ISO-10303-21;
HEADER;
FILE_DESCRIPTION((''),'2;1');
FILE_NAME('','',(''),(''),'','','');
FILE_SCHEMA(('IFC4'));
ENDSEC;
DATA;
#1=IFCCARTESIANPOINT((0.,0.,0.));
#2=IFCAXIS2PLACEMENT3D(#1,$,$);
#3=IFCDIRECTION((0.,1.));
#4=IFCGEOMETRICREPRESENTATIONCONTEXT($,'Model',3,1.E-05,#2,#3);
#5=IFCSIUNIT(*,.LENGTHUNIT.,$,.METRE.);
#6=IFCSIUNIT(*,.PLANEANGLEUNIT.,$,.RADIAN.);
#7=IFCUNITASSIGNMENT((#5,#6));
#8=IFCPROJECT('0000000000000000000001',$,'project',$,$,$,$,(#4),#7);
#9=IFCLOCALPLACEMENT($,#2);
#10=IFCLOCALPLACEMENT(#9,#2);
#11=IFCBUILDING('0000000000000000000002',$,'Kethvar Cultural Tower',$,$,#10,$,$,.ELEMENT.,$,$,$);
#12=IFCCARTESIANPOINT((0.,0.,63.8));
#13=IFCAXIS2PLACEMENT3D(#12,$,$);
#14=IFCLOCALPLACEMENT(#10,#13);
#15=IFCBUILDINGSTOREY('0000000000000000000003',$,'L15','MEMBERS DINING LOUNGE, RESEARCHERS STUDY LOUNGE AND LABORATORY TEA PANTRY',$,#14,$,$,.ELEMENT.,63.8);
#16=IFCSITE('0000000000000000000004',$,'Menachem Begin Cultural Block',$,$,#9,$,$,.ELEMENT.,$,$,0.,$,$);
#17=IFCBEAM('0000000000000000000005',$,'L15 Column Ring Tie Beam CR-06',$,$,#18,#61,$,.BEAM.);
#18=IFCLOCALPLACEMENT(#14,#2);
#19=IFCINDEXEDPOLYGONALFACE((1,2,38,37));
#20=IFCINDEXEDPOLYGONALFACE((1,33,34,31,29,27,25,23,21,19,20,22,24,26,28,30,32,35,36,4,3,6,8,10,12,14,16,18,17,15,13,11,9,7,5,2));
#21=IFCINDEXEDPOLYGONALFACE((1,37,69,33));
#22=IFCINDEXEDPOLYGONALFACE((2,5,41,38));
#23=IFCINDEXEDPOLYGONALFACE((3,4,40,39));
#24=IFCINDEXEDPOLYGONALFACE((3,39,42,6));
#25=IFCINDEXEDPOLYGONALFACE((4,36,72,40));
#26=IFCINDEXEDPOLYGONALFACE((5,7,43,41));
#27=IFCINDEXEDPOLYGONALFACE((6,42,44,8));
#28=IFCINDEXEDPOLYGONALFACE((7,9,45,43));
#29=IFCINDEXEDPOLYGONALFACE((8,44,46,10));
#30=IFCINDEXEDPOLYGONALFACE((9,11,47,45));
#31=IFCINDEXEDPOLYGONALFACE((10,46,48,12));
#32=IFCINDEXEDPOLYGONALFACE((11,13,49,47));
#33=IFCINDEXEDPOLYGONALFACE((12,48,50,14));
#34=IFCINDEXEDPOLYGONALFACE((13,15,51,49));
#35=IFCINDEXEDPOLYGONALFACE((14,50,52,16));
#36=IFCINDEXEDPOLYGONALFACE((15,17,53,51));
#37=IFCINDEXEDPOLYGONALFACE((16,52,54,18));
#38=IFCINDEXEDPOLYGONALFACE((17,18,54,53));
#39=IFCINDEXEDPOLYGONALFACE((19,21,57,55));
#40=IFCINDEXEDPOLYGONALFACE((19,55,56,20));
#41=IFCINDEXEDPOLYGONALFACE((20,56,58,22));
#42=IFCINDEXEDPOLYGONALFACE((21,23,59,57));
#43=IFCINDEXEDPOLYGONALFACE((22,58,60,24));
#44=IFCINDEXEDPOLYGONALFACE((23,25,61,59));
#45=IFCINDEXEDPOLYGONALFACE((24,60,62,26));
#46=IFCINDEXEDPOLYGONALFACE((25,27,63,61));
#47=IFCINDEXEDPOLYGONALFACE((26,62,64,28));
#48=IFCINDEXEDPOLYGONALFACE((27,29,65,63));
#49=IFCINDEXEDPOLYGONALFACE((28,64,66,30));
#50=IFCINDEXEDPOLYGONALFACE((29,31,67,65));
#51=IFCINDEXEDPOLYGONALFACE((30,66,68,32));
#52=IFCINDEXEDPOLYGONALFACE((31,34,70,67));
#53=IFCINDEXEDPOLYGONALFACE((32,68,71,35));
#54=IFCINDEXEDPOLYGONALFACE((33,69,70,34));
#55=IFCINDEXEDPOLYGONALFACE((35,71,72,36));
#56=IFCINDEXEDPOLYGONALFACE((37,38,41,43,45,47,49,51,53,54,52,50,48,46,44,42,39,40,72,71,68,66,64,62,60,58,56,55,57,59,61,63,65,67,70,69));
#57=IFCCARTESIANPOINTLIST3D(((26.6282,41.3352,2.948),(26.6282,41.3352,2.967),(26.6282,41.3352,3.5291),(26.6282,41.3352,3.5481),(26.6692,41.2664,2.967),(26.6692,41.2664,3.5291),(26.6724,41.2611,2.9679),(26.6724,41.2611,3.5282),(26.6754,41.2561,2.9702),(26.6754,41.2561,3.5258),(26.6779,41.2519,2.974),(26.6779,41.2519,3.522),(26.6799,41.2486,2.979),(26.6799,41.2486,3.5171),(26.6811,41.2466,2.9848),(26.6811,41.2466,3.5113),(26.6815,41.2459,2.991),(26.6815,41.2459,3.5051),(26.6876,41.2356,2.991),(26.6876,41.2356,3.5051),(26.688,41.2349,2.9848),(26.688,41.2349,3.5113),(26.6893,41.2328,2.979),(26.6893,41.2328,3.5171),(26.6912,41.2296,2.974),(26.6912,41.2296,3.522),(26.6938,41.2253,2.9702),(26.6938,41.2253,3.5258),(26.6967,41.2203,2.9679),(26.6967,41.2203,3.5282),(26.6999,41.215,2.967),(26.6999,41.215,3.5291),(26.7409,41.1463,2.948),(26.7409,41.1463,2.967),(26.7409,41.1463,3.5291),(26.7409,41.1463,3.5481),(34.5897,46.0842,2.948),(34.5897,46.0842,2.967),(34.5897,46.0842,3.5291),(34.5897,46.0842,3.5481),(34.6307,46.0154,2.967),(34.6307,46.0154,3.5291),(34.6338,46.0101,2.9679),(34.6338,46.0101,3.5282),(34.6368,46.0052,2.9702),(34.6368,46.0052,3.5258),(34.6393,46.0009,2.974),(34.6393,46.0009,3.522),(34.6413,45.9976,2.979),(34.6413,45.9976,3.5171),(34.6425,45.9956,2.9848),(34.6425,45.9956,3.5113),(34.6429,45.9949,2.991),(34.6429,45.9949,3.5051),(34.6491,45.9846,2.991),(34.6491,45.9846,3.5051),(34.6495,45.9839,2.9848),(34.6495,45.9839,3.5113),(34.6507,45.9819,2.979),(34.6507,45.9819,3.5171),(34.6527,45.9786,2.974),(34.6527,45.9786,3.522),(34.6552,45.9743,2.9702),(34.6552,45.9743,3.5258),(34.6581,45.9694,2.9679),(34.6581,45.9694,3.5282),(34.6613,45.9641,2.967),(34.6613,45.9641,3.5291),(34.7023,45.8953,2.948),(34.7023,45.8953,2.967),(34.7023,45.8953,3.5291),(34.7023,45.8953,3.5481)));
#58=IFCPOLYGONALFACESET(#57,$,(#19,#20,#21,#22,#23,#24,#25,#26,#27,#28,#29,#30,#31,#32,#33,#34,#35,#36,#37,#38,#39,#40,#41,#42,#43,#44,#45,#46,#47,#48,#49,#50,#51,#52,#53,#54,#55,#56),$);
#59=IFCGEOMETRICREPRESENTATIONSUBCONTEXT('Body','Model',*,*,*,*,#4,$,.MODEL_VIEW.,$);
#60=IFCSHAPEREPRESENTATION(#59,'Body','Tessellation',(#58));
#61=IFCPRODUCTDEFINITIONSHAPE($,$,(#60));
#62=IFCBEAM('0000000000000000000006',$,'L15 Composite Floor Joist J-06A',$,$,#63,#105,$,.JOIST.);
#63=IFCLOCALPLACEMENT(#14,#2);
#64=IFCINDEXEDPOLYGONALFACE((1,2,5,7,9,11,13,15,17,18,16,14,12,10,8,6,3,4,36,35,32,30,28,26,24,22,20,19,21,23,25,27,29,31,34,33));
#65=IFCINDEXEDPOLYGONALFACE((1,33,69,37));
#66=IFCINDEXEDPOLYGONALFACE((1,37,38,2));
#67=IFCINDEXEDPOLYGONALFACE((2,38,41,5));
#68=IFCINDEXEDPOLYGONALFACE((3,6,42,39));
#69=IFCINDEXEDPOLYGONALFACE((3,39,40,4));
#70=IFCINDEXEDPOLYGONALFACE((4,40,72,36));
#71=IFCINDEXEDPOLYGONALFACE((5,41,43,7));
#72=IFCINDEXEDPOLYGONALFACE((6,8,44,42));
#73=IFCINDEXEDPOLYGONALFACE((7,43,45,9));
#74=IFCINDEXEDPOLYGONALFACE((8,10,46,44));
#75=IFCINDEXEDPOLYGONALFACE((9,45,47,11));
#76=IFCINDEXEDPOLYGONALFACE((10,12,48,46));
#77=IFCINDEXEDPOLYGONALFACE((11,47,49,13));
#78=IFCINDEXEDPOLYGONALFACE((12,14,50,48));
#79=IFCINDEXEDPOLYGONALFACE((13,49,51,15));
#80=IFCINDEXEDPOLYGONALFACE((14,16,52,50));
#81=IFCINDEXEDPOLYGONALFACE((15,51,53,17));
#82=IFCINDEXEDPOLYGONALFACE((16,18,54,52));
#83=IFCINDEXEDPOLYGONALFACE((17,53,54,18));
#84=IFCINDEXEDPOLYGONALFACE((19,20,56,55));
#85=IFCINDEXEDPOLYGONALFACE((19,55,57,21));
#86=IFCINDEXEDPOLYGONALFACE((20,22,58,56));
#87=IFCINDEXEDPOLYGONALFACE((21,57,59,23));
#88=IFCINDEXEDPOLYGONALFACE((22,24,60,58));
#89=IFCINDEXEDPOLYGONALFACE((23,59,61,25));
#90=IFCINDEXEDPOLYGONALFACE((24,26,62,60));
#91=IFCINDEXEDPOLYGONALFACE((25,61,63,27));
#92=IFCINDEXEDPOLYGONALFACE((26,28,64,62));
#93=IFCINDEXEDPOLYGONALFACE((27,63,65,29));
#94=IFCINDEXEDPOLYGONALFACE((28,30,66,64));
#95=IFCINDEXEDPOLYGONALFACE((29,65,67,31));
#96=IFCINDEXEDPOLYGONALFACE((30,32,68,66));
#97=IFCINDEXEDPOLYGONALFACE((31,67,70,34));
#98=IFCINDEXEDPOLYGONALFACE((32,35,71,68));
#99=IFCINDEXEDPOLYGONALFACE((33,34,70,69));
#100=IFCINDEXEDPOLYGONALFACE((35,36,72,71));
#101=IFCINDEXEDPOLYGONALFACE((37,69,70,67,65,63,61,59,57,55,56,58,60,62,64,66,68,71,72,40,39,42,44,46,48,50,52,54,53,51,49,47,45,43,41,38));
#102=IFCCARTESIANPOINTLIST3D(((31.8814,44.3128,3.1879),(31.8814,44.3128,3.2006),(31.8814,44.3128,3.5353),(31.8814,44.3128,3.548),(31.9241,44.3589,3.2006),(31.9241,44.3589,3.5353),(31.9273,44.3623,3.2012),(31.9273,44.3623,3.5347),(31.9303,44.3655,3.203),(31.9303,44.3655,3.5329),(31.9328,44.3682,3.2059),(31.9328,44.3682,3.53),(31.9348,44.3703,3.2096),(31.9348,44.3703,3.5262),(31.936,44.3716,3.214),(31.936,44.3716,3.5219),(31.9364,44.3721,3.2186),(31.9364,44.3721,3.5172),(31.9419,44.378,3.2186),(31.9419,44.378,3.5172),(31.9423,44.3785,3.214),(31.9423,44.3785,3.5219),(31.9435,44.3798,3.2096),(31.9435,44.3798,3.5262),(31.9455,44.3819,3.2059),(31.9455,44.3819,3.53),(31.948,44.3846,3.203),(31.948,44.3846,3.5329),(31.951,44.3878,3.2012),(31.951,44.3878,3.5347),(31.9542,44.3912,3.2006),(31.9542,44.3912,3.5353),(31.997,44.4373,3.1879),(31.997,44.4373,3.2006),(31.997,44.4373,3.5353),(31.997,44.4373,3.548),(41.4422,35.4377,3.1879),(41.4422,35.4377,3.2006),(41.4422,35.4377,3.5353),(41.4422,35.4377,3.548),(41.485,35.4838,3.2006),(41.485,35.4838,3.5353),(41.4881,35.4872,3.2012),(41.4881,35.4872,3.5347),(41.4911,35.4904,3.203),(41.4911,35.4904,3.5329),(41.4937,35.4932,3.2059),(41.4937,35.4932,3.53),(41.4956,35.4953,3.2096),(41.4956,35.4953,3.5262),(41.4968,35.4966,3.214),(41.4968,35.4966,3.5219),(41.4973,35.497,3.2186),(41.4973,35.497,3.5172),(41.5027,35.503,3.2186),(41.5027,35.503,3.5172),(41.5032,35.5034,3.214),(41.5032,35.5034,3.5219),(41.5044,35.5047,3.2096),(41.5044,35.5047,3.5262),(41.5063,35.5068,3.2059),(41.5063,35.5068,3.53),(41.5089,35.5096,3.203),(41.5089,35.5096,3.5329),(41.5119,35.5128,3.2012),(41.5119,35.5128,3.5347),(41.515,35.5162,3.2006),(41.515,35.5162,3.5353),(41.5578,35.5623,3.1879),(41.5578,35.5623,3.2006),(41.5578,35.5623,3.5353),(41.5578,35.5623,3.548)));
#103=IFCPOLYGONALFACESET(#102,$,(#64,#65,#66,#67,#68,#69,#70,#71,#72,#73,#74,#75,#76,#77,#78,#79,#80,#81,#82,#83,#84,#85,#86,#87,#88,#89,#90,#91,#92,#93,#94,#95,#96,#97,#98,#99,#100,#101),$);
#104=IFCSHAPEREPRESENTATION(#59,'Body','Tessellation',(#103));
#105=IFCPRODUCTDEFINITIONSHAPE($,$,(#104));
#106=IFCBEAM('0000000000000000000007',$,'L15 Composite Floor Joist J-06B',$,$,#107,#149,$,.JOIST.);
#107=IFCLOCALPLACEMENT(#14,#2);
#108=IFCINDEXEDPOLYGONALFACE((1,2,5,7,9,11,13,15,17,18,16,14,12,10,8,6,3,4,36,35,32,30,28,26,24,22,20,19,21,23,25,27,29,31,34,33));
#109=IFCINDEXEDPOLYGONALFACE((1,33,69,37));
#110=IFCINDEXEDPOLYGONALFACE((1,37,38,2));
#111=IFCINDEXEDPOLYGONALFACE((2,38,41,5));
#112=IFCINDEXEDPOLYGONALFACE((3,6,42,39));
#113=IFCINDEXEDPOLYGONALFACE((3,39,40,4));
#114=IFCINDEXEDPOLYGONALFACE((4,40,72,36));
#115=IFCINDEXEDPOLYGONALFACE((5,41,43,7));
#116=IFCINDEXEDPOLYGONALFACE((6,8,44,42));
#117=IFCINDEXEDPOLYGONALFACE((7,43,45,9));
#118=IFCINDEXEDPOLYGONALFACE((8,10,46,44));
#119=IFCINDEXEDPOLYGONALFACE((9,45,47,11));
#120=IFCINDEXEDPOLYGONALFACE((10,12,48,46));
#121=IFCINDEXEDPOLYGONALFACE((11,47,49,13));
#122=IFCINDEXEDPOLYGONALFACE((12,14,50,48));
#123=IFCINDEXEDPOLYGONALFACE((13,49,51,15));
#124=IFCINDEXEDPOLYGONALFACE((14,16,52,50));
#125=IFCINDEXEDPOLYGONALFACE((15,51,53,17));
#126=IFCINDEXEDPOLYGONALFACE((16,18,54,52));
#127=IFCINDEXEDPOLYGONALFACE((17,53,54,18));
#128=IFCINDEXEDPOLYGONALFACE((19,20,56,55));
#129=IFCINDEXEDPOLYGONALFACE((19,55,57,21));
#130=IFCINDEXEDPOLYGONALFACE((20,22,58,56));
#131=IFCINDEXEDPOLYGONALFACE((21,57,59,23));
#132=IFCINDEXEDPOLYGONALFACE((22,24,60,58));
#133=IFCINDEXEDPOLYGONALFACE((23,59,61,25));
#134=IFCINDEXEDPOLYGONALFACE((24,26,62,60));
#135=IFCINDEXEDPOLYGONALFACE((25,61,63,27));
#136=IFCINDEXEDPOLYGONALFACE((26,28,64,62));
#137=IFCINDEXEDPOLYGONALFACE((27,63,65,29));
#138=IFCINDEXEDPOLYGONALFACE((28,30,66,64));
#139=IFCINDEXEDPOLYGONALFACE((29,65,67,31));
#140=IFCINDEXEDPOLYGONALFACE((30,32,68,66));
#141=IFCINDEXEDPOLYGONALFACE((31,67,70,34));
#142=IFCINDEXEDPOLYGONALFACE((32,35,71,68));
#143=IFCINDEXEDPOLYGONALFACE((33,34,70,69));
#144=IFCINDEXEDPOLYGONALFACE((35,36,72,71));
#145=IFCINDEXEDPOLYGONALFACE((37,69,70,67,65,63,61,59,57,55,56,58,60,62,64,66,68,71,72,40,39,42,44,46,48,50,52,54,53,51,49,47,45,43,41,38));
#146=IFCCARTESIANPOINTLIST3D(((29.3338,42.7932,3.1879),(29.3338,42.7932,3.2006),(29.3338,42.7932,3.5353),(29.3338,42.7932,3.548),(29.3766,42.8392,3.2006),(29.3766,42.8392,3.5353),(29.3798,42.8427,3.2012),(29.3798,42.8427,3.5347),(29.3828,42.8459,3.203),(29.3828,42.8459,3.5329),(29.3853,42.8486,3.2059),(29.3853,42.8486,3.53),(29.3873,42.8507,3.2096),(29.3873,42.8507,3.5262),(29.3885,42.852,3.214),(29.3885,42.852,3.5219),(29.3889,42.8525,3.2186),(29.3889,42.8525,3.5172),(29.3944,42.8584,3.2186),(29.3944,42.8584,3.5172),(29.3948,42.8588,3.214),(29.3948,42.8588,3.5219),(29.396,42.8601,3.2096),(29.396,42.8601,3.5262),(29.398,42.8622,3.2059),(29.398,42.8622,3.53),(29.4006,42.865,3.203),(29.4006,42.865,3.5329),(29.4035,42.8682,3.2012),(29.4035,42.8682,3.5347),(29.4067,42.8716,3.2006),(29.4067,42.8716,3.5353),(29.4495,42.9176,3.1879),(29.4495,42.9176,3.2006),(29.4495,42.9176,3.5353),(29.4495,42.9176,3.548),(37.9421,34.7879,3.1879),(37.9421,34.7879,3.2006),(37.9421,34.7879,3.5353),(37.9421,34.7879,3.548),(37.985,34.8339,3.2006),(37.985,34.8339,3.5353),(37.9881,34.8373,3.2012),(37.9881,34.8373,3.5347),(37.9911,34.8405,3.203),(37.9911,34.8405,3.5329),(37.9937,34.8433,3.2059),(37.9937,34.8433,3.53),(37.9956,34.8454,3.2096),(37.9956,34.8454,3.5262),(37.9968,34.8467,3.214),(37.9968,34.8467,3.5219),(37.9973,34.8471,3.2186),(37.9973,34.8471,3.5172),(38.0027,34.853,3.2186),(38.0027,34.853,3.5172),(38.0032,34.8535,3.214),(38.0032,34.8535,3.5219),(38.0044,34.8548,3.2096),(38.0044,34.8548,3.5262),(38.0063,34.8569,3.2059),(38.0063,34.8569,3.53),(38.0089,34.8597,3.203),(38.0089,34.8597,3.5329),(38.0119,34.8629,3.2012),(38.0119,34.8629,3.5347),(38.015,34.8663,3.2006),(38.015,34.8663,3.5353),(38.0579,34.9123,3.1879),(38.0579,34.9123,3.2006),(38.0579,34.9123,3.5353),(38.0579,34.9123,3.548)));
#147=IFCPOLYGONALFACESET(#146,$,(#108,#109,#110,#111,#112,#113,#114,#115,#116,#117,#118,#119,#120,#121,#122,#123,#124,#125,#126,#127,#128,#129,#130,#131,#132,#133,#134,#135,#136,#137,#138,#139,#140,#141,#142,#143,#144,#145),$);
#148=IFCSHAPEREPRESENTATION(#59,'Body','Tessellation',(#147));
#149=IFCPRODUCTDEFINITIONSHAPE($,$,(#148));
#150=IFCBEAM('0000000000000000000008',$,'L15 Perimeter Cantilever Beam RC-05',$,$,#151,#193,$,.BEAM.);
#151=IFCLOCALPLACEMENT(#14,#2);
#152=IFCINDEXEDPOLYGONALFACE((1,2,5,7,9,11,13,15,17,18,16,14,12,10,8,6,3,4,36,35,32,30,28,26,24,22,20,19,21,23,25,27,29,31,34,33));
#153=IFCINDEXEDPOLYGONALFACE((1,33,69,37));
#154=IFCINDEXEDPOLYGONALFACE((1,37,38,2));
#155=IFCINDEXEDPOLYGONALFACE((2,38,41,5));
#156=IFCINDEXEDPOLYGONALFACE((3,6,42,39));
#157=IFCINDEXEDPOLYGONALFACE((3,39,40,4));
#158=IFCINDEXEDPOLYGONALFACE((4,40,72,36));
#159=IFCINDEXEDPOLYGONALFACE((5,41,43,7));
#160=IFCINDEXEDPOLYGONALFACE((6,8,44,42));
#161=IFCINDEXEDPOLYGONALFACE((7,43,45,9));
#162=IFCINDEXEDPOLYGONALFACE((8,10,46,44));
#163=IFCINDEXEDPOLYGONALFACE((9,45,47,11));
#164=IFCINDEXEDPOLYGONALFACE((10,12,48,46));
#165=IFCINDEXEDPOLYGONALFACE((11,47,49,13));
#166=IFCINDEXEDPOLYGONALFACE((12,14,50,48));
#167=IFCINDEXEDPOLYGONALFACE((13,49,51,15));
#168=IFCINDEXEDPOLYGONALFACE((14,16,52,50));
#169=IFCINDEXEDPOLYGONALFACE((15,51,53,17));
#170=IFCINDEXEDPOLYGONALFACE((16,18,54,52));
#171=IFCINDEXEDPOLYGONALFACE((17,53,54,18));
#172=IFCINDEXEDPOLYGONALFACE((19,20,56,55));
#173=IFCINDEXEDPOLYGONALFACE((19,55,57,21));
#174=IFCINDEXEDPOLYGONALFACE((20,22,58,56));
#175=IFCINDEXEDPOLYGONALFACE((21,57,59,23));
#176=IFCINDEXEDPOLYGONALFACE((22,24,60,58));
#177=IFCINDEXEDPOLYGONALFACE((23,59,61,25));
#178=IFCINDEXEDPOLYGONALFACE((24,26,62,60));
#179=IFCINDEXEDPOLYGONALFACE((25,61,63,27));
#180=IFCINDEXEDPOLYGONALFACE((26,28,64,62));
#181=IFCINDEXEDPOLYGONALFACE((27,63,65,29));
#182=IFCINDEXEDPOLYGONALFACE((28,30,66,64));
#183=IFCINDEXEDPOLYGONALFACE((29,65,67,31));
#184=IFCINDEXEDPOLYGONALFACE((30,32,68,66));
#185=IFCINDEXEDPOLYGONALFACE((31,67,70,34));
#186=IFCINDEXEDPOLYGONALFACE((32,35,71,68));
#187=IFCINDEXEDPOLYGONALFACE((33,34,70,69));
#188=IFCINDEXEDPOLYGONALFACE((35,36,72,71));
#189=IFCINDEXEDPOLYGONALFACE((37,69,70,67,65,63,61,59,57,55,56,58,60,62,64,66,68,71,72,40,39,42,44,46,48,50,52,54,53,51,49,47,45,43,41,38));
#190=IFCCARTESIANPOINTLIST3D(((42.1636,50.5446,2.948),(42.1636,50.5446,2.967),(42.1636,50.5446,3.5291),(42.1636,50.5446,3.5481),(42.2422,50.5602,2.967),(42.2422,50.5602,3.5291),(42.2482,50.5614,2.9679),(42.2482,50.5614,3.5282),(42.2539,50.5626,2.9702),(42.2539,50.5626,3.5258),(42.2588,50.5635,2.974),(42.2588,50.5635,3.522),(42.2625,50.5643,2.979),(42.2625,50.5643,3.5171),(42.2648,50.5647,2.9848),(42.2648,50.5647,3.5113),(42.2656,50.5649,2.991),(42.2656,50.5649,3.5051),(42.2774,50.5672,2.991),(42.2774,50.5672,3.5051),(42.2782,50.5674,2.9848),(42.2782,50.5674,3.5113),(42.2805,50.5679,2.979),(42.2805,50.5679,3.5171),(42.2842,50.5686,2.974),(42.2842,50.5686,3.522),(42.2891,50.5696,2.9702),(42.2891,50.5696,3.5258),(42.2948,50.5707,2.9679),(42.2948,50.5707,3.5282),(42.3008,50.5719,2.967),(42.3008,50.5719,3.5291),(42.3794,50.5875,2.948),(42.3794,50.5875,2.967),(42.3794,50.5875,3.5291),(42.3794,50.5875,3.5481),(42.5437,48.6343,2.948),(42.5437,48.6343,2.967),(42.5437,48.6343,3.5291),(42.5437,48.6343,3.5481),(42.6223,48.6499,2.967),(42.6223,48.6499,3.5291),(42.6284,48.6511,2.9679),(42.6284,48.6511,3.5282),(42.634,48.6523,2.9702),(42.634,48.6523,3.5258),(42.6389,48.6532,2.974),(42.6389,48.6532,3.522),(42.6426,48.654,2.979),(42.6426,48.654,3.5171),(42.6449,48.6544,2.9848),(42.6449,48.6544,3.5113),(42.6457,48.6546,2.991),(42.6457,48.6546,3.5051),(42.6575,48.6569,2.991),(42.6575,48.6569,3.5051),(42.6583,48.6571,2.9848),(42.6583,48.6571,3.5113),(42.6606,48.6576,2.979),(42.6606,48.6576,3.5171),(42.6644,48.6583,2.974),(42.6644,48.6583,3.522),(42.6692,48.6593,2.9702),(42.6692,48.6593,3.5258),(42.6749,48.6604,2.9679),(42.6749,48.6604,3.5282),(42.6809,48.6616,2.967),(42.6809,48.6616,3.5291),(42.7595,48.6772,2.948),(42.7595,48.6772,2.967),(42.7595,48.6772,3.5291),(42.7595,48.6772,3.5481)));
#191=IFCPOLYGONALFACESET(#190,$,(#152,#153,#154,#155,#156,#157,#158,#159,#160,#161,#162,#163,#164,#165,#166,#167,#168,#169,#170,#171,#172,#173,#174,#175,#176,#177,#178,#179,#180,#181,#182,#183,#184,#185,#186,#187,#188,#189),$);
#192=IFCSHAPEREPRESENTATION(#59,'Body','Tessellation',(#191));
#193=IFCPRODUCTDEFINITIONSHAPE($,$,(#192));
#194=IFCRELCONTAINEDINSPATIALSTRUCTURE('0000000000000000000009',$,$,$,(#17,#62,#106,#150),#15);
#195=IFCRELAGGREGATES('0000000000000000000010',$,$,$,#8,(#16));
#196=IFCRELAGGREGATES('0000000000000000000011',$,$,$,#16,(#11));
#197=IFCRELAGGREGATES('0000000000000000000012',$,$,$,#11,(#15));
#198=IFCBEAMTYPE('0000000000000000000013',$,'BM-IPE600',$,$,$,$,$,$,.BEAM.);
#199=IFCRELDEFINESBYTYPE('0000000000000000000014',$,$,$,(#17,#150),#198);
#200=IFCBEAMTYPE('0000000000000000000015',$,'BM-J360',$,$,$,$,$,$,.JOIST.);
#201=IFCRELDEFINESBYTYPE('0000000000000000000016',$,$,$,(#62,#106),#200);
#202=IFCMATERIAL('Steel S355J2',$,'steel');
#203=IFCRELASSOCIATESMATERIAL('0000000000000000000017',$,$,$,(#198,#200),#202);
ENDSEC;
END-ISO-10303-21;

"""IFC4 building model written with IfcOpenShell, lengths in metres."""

from ifc_helpers import new_model, si_unit, direction, frame, origin, origin_2d, place, context, subcontext, project, spatial, i_section, extrude, source, transform, mapped, material, material_profile, profile_set, type_object, element, save


model = new_model("IFC4")

# Units and contexts
model_context = context("Model", 3, precision=1e-05, world=origin(), true_north=direction((0.0, 1.0)))
body_context = subcontext(model_context, "Body", "Model", "MODEL_VIEW")
ifc_project = project(units=[si_unit("LENGTHUNIT", "METRE"), si_unit("PLANEANGLEUNIT", "RADIAN")], contexts=[model_context])

# Site, building, storey
site_placement = place(None, origin())
site = spatial("IfcSite", under=ifc_project, at=site_placement, Name="Menachem Begin Cultural Block", CompositionType="ELEMENT", RefElevation=0.0)
building_placement = place(site_placement, origin())
building = spatial("IfcBuilding", under=site, at=building_placement, Name="Kethvar Cultural Tower", CompositionType="ELEMENT")
storey_placement = place(building_placement, frame((0.0, 0.0, 63.8)))
storey = spatial("IfcBuildingStorey", under=building, at=storey_placement, Name="L15", Description="MEMBERS DINING LOUNGE, RESEARCHERS STUDY LOUNGE AND LABORATORY TEA PANTRY", CompositionType="ELEMENT", Elevation=63.8)

# Beams
ifc_material_1 = material(Name="Steel S355J2", Category="steel")
ifc_material_profile_1 = material_profile(ifc_material_1, i_section(OverallWidth=0.22, OverallDepth=0.6001, WebThickness=0.012, FlangeThickness=0.019, FilletRadius=0.0239, at=origin_2d()), Name="Steel S355J2 — IPE600")
ifc_profile_set_1 = profile_set([ifc_material_profile_1], Name="Steel S355J2 — IPE600")
beam_type_1 = type_object("IfcBeamType", Name="BM-IPE600", PredefinedType="BEAM", material=ifc_profile_set_1)
ifc_material_profile_2 = material_profile(ifc_material_1, i_section(OverallWidth=0.1699, OverallDepth=0.3601, WebThickness=0.0081, FlangeThickness=0.0127, FilletRadius=0.0181, at=origin_2d()), Name="Steel S355J2 — IPE360")
ifc_profile_set_2 = profile_set([ifc_material_profile_2], Name="Steel S355J2 — IPE360")
beam_type_2 = type_object("IfcBeamType", Name="BM-J360", PredefinedType="JOIST", material=ifc_profile_set_2)
shared_shape_1 = source(origin(), body_context, "Body", "SweptSolid", [
    extrude(i_section(OverallWidth=0.22, OverallDepth=0.6001, WebThickness=0.012, FlangeThickness=0.019, FilletRadius=0.0239, at=origin_2d()), origin(), (0.0, 0.0, 1.0), 9.2703),
])
beam_1_placement = place(storey_placement, frame((34.646, 45.9897, 3.248), z_axis=(-0.858815, -0.512286, 0.0), x_axis=(0.512286, -0.858815, 0.0)))
element("IfcBeam", 1, at=beam_1_placement, inside=storey, type_object=beam_type_1, Name="L15 Column Ring Tie Beam CR-06", PredefinedType="BEAM", context=body_context, shape_type="MappedRepresentation", body=[
    mapped(shared_shape_1, transform((0.0, 0.0, 0.0), scale=1.0)),
])
shared_shape_2 = source(origin(), body_context, "Body", "SweptSolid", [
    extrude(i_section(OverallWidth=0.1699, OverallDepth=0.3601, WebThickness=0.0081, FlangeThickness=0.0127, FilletRadius=0.0181, at=origin_2d()), origin(), (0.0, 0.0, 1.0), 13.0452),
])
beam_2_placement = place(storey_placement, frame((41.5, 35.5, 3.3679), z_axis=(-0.732903, 0.680333, 0.0), x_axis=(-0.680333, -0.732903, 0.0)))
element("IfcBeam", 2, at=beam_2_placement, inside=storey, type_object=beam_type_2, Name="L15 Composite Floor Joist J-06A", PredefinedType="JOIST", context=body_context, shape_type="MappedRepresentation", body=[
    mapped(shared_shape_2, transform((0.0, 0.0, 0.0), scale=1.0)),
])
shared_shape_3 = source(origin(), body_context, "Body", "SweptSolid", [
    extrude(i_section(OverallWidth=0.1699, OverallDepth=0.3601, WebThickness=0.0081, FlangeThickness=0.0127, FilletRadius=0.0181, at=origin_2d()), origin(), (0.0, 0.0, 1.0), 11.7554),
])
beam_3_placement = place(storey_placement, frame((38.0, 34.8501, 3.3679), z_axis=(-0.73229, 0.680993, 0.0), x_axis=(-0.680993, -0.73229, 0.0)))
element("IfcBeam", 3, at=beam_3_placement, inside=storey, type_object=beam_type_2, Name="L15 Composite Floor Joist J-06B", PredefinedType="JOIST", context=body_context, shape_type="MappedRepresentation", body=[
    mapped(shared_shape_3, transform((0.0, 0.0, 0.0), scale=1.0)),
])
shared_shape_4 = source(origin(), body_context, "Body", "SweptSolid", [
    extrude(i_section(OverallWidth=0.22, OverallDepth=0.6001, WebThickness=0.012, FlangeThickness=0.019, FilletRadius=0.0239, at=origin_2d()), origin(), (0.0, 0.0, 1.0), 1.9478),
])
beam_4_placement = place(storey_placement, frame((42.6516, 48.6558, 3.248), z_axis=(-0.195152, 0.980773, 0.0), x_axis=(-0.980773, -0.195152, 0.0)))
element("IfcBeam", 4, at=beam_4_placement, inside=storey, type_object=beam_type_1, Name="L15 Perimeter Cantilever Beam RC-05", PredefinedType="BEAM", context=body_context, shape_type="MappedRepresentation", body=[
    mapped(shared_shape_4, transform((0.0, 0.0, 0.0), scale=1.0)),
])

save(model, "model.ifc")
